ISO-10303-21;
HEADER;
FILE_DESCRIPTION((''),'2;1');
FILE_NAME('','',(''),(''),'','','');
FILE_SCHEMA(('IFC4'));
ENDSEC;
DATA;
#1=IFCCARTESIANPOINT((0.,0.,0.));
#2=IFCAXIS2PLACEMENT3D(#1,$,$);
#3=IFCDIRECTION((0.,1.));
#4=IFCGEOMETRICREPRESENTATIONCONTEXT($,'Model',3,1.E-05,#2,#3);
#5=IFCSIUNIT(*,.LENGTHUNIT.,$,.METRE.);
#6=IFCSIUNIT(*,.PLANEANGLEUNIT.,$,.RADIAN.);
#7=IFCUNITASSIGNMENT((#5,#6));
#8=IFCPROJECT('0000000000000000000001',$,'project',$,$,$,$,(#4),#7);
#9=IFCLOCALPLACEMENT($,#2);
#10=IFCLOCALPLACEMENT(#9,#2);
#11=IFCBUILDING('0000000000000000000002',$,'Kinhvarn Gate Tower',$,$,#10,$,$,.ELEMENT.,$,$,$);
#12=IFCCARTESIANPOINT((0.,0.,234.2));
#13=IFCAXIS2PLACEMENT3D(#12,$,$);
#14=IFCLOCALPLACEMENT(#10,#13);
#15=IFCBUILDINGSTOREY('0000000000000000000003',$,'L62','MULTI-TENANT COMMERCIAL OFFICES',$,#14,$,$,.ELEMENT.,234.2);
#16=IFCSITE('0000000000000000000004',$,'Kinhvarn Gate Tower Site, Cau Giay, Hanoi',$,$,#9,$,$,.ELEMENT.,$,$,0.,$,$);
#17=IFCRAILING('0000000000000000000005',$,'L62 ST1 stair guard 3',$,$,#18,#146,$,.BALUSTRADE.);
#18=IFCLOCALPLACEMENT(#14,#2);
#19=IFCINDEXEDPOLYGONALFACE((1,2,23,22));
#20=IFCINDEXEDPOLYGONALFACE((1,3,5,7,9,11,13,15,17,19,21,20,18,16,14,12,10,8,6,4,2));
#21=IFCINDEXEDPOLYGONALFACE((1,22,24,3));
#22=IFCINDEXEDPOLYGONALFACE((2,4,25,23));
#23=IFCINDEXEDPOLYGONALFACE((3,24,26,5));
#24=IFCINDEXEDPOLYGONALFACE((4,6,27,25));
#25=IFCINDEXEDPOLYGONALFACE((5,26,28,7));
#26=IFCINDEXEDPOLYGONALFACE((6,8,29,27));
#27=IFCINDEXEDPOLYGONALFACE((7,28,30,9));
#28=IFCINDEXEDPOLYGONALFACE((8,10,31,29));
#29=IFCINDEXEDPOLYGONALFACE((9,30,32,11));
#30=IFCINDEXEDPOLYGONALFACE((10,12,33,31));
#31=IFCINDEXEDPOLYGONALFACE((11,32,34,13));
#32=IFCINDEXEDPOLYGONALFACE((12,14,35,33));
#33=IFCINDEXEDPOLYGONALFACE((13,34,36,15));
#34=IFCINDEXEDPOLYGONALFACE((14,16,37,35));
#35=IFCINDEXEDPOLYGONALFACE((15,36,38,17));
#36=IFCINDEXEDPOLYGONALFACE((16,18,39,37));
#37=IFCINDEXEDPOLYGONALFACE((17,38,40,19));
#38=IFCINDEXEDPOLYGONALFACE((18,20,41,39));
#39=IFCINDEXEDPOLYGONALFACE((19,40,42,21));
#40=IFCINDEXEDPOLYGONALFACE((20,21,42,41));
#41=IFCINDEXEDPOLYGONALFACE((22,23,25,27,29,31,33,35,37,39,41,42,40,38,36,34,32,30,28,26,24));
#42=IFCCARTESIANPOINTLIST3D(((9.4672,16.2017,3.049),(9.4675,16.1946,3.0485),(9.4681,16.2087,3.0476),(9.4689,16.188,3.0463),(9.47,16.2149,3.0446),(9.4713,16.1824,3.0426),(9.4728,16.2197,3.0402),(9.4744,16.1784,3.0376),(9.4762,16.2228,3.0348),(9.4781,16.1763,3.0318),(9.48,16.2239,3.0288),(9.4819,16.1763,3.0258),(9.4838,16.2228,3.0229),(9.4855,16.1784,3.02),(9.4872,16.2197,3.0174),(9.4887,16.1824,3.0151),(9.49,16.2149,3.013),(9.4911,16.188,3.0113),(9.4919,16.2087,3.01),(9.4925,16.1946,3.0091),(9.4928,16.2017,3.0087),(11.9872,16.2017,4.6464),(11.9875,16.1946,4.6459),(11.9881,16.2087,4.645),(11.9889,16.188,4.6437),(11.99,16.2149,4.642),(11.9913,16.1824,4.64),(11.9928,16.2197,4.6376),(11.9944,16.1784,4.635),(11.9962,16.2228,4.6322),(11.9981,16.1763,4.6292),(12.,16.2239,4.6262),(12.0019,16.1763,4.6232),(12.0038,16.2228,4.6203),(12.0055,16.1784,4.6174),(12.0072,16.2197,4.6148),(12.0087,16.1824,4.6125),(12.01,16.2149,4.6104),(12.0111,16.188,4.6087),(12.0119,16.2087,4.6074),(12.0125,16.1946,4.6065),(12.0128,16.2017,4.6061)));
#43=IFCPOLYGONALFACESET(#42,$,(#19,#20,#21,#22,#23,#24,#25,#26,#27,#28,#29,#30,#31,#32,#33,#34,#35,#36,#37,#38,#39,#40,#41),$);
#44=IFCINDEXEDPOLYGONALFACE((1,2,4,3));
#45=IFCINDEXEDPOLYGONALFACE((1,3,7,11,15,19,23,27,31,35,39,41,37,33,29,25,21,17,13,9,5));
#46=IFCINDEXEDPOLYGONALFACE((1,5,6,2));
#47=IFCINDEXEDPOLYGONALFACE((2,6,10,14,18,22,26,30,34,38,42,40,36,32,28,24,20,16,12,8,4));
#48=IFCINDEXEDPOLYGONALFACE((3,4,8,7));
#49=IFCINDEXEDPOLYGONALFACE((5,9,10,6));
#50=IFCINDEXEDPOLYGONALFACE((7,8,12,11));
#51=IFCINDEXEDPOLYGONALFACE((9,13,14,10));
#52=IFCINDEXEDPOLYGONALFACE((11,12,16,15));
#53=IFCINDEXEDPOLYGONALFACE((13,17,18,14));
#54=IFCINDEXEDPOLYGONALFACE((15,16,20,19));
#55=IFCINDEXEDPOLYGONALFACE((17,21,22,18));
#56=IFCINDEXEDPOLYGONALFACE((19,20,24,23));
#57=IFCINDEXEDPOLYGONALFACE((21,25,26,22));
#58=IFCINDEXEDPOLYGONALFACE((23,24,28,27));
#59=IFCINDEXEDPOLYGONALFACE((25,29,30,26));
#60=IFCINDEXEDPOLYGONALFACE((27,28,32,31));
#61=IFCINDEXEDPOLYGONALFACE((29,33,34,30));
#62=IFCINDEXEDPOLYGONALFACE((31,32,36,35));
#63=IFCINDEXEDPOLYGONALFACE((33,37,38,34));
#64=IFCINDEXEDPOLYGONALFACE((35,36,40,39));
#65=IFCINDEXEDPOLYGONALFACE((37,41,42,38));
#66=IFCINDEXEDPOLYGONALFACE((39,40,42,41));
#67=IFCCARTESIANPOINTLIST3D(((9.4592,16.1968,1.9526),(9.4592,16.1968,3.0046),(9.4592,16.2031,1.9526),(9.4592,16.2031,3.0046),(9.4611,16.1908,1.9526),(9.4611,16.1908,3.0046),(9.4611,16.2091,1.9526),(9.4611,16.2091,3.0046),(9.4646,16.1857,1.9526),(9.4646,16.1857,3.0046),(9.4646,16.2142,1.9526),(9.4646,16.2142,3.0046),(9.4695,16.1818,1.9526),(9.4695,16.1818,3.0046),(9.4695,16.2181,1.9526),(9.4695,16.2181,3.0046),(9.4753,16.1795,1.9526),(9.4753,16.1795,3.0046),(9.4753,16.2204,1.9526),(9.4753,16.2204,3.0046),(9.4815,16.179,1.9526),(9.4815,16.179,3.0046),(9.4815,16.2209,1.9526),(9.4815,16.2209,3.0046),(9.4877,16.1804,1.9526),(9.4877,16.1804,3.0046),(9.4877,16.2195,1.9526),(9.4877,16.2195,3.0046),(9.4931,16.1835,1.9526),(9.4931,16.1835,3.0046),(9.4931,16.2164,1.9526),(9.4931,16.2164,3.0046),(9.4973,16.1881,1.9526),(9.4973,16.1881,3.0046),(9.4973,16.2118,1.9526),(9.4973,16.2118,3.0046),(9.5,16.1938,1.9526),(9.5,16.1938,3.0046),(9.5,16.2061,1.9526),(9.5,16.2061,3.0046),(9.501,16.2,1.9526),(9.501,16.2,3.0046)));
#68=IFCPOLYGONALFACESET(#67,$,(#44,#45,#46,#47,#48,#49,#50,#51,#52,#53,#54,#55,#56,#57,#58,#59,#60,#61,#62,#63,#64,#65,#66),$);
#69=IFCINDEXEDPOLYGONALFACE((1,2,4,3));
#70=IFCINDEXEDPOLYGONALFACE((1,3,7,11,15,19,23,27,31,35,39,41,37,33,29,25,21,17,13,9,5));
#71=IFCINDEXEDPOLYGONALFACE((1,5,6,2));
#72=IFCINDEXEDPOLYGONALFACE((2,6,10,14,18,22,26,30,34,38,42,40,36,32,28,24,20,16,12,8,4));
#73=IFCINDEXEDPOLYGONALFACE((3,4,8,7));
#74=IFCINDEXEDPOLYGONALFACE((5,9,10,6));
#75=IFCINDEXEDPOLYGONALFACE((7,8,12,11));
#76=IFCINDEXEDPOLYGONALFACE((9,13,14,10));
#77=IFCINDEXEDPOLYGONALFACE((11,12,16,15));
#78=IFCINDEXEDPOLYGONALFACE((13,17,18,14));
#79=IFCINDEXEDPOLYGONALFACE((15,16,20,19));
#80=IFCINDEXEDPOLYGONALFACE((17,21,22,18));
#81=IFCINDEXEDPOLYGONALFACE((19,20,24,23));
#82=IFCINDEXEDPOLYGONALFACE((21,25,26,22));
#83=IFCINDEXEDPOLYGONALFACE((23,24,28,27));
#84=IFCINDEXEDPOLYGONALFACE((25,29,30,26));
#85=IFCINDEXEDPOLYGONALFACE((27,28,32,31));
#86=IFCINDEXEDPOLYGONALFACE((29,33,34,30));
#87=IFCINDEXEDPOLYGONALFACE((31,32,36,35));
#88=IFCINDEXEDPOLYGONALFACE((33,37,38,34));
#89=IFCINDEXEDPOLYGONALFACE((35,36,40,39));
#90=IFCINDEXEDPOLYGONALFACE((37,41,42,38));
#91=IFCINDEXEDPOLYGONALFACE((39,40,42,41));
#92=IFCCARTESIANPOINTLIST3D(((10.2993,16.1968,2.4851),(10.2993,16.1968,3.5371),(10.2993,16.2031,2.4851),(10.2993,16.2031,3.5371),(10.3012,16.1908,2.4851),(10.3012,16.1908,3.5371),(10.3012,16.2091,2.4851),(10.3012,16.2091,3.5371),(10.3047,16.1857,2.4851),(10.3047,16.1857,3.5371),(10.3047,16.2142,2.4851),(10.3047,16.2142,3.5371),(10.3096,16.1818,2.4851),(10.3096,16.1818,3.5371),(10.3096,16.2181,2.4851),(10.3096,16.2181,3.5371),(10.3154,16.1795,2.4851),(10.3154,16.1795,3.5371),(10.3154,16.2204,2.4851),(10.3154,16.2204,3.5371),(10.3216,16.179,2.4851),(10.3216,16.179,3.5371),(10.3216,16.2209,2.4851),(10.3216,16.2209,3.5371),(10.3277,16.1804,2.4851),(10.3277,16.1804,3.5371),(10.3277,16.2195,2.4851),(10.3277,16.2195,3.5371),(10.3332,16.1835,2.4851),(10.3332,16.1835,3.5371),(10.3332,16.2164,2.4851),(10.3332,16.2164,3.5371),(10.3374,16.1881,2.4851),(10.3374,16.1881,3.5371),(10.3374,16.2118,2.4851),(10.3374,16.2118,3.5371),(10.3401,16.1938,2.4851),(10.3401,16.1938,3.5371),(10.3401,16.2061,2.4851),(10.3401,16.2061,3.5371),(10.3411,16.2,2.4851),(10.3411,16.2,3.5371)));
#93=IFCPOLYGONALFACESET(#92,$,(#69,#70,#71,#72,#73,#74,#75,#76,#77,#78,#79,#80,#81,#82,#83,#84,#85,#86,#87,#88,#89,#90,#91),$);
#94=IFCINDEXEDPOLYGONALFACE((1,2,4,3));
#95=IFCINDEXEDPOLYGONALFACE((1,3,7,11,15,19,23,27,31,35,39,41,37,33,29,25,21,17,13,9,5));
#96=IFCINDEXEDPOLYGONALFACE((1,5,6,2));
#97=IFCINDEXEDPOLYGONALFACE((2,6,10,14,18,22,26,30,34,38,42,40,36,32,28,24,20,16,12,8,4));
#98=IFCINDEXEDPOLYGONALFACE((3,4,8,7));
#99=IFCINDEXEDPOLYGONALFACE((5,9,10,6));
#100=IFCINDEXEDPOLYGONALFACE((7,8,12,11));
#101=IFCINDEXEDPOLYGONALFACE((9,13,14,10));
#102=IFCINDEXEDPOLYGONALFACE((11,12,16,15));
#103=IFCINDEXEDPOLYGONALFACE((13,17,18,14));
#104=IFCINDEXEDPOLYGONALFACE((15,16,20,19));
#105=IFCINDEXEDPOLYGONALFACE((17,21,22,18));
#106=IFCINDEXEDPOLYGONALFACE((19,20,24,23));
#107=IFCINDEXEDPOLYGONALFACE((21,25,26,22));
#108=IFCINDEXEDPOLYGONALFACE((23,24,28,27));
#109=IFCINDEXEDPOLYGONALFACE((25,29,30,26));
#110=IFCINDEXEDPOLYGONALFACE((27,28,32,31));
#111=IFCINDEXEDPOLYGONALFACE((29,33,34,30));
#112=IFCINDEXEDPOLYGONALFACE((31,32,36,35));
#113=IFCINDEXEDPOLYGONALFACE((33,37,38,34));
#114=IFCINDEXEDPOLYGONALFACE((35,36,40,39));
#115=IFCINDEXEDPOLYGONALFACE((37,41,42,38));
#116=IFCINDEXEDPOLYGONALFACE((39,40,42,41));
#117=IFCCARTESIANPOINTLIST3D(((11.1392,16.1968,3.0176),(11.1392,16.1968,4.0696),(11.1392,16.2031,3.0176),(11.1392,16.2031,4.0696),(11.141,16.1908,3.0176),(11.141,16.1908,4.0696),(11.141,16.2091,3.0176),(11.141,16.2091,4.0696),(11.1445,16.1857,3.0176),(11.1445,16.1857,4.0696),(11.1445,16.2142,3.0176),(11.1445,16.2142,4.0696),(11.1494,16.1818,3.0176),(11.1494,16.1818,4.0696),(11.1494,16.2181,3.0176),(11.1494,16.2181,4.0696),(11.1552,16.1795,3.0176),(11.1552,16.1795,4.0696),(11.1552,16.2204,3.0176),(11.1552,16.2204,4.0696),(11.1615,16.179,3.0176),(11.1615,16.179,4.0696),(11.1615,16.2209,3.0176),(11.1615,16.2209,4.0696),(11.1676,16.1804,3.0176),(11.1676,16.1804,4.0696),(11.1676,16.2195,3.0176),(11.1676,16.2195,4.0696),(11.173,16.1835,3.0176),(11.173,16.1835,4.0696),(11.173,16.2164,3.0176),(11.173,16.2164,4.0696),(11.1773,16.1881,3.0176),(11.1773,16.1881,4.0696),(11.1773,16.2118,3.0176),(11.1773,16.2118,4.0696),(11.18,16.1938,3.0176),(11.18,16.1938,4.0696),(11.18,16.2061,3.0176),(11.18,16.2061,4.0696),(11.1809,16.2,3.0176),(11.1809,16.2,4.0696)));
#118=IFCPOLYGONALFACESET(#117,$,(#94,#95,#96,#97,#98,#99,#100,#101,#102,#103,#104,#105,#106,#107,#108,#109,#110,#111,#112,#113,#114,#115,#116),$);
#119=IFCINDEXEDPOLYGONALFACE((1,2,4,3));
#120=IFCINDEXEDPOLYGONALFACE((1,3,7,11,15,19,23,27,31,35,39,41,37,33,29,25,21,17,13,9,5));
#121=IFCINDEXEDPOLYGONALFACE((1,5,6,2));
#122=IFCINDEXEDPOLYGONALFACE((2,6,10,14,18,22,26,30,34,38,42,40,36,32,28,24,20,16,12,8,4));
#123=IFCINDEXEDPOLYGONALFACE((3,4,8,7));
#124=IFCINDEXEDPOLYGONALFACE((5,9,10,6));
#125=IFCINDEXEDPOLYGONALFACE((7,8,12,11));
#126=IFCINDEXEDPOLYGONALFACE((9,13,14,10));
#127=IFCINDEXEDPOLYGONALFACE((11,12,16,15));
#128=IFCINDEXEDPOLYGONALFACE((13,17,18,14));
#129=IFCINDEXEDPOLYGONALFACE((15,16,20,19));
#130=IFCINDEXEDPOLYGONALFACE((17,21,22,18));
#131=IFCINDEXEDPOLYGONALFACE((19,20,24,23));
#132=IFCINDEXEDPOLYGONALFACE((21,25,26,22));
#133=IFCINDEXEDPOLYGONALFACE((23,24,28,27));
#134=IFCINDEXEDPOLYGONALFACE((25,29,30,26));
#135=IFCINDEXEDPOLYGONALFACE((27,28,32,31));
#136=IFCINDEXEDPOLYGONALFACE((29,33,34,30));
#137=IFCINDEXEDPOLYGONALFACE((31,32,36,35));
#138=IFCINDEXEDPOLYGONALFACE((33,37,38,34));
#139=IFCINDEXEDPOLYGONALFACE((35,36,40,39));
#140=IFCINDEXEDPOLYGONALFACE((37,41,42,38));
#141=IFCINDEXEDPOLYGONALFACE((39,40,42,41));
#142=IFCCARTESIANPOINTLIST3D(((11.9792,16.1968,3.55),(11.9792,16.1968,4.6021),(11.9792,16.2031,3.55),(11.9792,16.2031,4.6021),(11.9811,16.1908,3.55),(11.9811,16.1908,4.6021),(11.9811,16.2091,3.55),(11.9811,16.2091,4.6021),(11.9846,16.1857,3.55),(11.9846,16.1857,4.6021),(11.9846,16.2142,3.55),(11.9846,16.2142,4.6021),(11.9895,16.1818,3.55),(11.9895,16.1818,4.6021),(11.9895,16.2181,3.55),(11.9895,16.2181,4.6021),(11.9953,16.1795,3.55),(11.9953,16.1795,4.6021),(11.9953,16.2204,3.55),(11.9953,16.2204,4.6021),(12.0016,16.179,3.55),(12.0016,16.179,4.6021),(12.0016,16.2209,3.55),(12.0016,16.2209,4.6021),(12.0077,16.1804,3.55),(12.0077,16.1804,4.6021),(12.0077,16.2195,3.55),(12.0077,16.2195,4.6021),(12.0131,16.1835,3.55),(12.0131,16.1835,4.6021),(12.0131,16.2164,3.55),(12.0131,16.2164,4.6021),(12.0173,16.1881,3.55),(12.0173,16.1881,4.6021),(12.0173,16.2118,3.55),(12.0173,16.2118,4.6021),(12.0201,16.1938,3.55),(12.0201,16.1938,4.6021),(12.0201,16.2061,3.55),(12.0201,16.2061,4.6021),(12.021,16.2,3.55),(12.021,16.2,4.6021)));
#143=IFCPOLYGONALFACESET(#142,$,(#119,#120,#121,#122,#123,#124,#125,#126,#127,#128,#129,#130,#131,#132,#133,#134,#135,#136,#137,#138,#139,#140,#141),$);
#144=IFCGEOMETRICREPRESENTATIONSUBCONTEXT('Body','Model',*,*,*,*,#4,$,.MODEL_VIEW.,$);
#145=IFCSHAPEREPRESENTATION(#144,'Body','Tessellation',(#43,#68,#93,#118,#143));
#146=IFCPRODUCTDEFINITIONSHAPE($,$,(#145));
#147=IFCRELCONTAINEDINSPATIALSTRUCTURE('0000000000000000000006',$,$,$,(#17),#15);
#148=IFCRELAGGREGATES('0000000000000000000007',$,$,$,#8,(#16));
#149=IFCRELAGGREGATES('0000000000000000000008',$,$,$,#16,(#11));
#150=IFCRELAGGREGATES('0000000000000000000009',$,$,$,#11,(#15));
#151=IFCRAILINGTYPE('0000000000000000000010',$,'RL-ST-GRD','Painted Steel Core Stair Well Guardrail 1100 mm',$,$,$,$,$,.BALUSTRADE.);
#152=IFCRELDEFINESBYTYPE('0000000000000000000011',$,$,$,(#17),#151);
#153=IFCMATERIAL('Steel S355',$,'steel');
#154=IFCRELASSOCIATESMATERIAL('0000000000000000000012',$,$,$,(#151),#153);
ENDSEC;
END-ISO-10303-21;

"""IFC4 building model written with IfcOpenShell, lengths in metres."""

from ifc_helpers import new_model, si_unit, direction, frame, origin, origin_2d, place, context, subcontext, project, spatial, circle, extrude, material, type_object, element, save


model = new_model("IFC4")

# Units and contexts
model_context = context("Model", 3, precision=1e-05, world=origin(), true_north=direction((0.0, 1.0)))
body_context = subcontext(model_context, "Body", "Model", "MODEL_VIEW")
ifc_project = project(units=[si_unit("LENGTHUNIT", "METRE"), si_unit("PLANEANGLEUNIT", "RADIAN")], contexts=[model_context])

# Site, building, storey
site_placement = place(None, origin())
site = spatial("IfcSite", under=ifc_project, at=site_placement, Name="Kinhvarn Gate Tower Site, Cau Giay, Hanoi", CompositionType="ELEMENT", RefElevation=0.0)
building_placement = place(site_placement, origin())
building = spatial("IfcBuilding", under=site, at=building_placement, Name="Kinhvarn Gate Tower", CompositionType="ELEMENT")
storey_placement = place(building_placement, frame((0.0, 0.0, 234.2)))
storey = spatial("IfcBuildingStorey", under=building, at=storey_placement, Name="L62", Description="MULTI-TENANT COMMERCIAL OFFICES", CompositionType="ELEMENT", Elevation=234.2)

# Shared definitions
ifc_material_1 = material(Name="Steel S355", Category="steel")

# Railing
railing_type_1 = type_object("IfcRailingType", Name="RL-ST-GRD", Description="Painted Steel Core Stair Well Guardrail 1100 mm", PredefinedType="BALUSTRADE", material=ifc_material_1)
railing_1_placement = place(storey_placement, frame((9.48, 16.2, 1.9526)))
element("IfcRailing", 1, at=railing_1_placement, inside=storey, type_object=railing_type_1, Name="L62 ST1 stair guard 3", PredefinedType="BALUSTRADE", context=body_context, shape_type="SweptSolid", body=[
    extrude(circle(Radius=0.0239, at=origin_2d()), frame((0.0, 0.0, 1.0762), z_axis=(0.844607, 0.0, 0.535387), x_axis=(0.0, 1.0, 0.0)), (0.0, 0.0, 1.0), 2.9836),
    extrude(circle(Radius=0.021, at=origin_2d()), origin(), (0.0, 0.0, 1.0), 1.052),
    extrude(circle(Radius=0.021, at=origin_2d()), frame((0.8401, 0.0, 0.5325)), (0.0, 0.0, 1.0), 1.052),
    extrude(circle(Radius=0.021, at=origin_2d()), frame((1.6799, 0.0, 1.0649)), (0.0, 0.0, 1.0), 1.052),
    extrude(circle(Radius=0.021, at=origin_2d()), frame((2.52, 0.0, 1.5974)), (0.0, 0.0, 1.0), 1.052),
])

save(model, "model.ifc")
